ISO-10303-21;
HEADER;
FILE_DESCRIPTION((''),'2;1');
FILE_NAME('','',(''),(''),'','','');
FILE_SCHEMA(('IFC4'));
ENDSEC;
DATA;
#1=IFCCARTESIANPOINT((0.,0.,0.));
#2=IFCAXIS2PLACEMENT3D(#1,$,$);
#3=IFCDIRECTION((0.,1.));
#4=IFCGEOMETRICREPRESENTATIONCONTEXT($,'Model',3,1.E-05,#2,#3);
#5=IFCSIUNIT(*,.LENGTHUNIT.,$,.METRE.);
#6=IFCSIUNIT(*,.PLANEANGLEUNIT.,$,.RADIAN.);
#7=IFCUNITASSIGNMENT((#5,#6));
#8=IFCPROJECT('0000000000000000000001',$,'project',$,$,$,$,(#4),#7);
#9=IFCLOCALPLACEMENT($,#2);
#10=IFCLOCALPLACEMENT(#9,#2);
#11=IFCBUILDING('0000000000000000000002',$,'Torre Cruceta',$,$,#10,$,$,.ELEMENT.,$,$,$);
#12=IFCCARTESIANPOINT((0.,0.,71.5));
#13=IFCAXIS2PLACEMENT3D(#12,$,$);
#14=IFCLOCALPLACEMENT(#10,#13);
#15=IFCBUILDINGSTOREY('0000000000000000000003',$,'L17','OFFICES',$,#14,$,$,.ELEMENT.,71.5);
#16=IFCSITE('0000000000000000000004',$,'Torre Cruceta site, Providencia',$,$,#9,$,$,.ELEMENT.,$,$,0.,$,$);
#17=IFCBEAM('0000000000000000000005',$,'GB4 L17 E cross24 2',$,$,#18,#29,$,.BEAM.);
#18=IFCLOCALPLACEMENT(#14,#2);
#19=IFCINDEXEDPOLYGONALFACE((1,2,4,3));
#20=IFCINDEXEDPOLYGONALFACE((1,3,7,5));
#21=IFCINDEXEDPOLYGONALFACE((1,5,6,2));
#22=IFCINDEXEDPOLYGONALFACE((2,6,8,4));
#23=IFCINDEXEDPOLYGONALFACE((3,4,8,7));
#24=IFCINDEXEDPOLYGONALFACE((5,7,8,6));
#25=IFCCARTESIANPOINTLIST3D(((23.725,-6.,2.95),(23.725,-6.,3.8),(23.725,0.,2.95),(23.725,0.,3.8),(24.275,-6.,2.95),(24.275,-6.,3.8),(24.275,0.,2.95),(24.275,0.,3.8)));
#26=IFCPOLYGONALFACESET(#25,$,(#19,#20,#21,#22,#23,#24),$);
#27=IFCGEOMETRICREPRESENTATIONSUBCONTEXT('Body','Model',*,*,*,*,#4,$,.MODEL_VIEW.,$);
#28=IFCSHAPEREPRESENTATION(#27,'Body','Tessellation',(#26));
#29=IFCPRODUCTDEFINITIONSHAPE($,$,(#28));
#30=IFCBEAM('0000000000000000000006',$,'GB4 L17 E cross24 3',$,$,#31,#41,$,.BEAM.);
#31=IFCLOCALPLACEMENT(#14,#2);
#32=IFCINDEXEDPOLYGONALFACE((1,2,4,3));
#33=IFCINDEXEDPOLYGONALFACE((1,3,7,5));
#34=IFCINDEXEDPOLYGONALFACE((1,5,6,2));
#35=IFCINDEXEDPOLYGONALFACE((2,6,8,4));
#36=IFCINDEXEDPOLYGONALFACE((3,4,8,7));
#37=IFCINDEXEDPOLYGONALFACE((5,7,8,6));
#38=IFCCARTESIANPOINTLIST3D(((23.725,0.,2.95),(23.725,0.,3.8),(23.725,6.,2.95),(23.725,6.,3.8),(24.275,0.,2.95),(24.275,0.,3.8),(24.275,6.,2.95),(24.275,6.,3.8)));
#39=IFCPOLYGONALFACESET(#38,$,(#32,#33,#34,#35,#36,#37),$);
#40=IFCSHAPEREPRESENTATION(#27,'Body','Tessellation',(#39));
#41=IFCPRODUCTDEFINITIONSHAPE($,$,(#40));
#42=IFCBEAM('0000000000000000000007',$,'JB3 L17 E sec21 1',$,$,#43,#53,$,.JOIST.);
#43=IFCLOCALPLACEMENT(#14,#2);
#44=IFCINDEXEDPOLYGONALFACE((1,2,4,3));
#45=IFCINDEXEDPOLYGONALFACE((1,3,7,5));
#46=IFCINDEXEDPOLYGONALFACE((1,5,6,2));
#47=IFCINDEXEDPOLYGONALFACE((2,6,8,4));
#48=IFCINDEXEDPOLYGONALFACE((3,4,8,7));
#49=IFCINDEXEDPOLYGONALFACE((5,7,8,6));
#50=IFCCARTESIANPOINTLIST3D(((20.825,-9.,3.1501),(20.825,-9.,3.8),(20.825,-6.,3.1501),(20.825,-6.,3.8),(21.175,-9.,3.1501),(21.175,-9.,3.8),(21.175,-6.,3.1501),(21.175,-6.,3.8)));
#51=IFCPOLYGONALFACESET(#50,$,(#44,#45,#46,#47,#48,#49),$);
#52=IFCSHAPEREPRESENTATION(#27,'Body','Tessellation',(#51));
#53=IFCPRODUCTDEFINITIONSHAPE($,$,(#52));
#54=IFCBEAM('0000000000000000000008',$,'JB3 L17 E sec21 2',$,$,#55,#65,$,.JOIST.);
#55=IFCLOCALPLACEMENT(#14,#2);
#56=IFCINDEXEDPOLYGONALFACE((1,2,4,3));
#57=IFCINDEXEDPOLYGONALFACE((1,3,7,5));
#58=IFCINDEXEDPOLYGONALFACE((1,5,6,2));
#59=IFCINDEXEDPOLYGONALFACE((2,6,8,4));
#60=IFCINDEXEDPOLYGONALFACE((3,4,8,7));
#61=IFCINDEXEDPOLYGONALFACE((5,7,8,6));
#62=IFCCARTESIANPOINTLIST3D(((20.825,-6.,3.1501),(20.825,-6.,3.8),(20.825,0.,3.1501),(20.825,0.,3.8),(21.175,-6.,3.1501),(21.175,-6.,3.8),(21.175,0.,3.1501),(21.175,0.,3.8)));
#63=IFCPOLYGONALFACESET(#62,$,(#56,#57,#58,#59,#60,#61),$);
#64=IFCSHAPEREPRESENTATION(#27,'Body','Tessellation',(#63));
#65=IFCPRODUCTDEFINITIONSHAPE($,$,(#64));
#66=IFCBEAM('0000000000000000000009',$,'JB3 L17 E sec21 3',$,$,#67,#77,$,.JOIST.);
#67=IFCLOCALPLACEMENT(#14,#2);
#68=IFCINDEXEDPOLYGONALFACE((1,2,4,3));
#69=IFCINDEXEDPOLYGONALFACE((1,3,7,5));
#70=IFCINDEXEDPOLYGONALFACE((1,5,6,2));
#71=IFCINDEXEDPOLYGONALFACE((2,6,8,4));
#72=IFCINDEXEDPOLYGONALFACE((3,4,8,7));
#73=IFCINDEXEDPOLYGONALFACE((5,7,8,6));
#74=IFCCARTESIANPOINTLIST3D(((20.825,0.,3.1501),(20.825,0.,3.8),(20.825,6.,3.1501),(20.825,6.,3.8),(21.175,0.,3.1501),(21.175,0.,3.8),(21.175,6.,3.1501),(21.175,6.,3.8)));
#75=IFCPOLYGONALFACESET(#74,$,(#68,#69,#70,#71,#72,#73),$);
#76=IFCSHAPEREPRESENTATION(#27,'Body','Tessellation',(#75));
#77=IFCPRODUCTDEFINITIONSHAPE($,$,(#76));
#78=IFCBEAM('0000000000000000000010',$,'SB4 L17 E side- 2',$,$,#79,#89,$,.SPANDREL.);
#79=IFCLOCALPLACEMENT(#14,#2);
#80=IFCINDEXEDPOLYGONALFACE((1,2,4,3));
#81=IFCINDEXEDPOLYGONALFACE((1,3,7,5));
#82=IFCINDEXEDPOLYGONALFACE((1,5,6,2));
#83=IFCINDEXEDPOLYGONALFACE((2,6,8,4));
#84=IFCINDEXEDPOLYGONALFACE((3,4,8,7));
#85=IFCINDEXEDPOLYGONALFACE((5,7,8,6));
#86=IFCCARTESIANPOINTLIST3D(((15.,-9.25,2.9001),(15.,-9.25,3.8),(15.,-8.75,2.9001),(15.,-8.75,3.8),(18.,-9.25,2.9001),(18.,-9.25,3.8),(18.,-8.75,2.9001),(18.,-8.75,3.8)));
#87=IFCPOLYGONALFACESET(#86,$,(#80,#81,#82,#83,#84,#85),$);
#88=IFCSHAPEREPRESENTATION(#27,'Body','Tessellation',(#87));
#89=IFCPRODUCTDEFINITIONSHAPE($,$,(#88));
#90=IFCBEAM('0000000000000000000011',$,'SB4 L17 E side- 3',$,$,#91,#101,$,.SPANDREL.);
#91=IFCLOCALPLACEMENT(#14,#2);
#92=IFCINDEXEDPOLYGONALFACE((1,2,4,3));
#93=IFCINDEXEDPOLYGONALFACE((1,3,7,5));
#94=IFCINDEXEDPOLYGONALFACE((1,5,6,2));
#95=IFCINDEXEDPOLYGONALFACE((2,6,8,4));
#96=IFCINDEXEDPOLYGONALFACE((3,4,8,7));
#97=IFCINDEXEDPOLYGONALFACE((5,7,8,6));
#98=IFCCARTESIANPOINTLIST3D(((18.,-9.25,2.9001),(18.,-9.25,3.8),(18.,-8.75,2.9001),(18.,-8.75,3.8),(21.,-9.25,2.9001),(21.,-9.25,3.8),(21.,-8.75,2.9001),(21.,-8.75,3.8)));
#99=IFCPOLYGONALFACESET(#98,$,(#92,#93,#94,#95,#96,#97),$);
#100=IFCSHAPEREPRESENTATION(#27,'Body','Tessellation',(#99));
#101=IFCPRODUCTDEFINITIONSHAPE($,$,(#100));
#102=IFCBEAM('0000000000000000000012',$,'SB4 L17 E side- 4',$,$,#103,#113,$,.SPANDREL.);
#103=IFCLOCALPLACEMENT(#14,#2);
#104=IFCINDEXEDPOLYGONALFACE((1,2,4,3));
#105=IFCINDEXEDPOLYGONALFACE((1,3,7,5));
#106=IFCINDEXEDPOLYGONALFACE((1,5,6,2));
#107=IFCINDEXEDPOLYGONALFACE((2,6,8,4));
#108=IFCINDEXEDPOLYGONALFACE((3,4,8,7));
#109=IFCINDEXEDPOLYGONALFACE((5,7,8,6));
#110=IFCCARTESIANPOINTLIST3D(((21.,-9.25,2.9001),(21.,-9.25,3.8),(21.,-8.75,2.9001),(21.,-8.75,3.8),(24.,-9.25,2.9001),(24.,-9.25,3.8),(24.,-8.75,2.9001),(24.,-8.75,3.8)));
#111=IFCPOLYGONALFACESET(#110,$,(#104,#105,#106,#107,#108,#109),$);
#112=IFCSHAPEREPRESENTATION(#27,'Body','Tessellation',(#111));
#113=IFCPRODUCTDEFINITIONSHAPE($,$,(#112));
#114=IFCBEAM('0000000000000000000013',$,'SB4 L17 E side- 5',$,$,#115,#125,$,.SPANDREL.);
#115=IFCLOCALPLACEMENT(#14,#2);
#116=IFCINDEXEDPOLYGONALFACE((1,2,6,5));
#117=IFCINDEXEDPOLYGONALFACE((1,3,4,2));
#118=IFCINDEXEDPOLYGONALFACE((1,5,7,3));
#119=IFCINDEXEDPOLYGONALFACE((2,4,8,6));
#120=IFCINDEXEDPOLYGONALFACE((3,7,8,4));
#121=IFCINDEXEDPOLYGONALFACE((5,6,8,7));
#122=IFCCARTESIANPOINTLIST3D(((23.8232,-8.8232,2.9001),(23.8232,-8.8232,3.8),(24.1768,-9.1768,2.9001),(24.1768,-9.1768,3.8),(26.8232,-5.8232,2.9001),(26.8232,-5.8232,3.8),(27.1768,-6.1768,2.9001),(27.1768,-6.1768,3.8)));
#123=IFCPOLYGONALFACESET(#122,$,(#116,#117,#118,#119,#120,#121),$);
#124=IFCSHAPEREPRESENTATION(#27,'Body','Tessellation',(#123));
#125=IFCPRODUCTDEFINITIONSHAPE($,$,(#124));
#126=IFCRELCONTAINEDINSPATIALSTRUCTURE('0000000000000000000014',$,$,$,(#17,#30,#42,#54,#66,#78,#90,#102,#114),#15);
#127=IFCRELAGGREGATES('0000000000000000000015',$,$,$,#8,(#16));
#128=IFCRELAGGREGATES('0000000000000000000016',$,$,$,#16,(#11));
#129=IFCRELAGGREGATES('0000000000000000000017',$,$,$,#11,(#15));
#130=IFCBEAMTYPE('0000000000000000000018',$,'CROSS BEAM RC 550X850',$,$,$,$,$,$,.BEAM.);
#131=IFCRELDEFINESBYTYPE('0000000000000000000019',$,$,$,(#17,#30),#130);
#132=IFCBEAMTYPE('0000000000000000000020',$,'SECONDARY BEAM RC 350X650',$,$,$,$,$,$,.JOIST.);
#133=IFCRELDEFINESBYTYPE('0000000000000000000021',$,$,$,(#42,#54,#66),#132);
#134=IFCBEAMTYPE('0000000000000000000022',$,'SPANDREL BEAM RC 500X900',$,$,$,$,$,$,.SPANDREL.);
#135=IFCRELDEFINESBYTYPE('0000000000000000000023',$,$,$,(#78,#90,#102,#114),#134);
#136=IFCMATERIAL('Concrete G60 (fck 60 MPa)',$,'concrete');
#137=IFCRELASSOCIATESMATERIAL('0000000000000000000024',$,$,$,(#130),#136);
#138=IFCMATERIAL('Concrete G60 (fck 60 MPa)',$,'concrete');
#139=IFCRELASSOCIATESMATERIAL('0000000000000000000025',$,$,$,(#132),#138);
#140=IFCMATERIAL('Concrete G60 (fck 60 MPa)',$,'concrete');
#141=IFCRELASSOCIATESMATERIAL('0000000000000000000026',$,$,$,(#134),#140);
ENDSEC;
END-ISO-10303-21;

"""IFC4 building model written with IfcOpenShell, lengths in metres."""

from ifc_helpers import new_model, si_unit, direction, frame, origin, origin_2d, place, context, subcontext, project, spatial, rectangle, extrude, material, material_profile, profile_set, type_object, element, save


model = new_model("IFC4")

# Units and contexts
model_context = context("Model", 3, precision=1e-05, world=origin(), true_north=direction((0.0, 1.0)))
body_context = subcontext(model_context, "Body", "Model", "MODEL_VIEW")
ifc_project = project(units=[si_unit("LENGTHUNIT", "METRE"), si_unit("PLANEANGLEUNIT", "RADIAN")], contexts=[model_context])

# Site, building, storey
site_placement = place(None, origin())
site = spatial("IfcSite", under=ifc_project, at=site_placement, Name="Torre Cruceta site, Providencia", CompositionType="ELEMENT", RefElevation=0.0)
building_placement = place(site_placement, origin())
building = spatial("IfcBuilding", under=site, at=building_placement, Name="Torre Cruceta", CompositionType="ELEMENT")
storey_placement = place(building_placement, frame((0.0, 0.0, 71.5)))
storey = spatial("IfcBuildingStorey", under=building, at=storey_placement, Name="L17", Description="OFFICES", CompositionType="ELEMENT", Elevation=71.5)

# Beams
ifc_material_1 = material(Name="Concrete G60 (fck 60 MPa)", Category="concrete")
ifc_material_profile_1 = material_profile(ifc_material_1, rectangle(XDim=0.55, YDim=0.8501, at=origin_2d()), Name="RC 550X850")
ifc_profile_set_1 = profile_set([ifc_material_profile_1], Name="Concrete G60 (fck 60 MPa)")
beam_type_1 = type_object("IfcBeamType", Name="CROSS BEAM RC 550X850", PredefinedType="BEAM", material=ifc_profile_set_1)
for number, where, z_axis, x_axis, name in (
    (1, (24.0, -6.0, 3.375), (0.0, 1.0, 0.0), (-1.0, 0.0, 0.0), "GB4 L17 E cross24 2"),
    (2, (24.0, 0.0, 3.375), (0.0, 1.0, 0.0), (-1.0, 0.0, 0.0), "GB4 L17 E cross24 3"),
):
    element("IfcBeam", number, at=place(storey_placement, frame(where, z_axis=z_axis, x_axis=x_axis)), inside=storey, type_object=beam_type_1, Name=name, PredefinedType="BEAM", context=body_context, shape_type="SweptSolid", body=[
        extrude(rectangle(XDim=0.55, YDim=0.8501, at=origin_2d()), origin(), (0.0, 0.0, 1.0), 6.0),
    ])
ifc_material_2 = material(Name="Concrete G60 (fck 60 MPa)", Category="concrete")
ifc_material_profile_2 = material_profile(ifc_material_2, rectangle(XDim=0.3501, YDim=0.6499, at=origin_2d()), Name="RC 350X650")
ifc_profile_set_2 = profile_set([ifc_material_profile_2], Name="Concrete G60 (fck 60 MPa)")
beam_type_2 = type_object("IfcBeamType", Name="SECONDARY BEAM RC 350X650", PredefinedType="JOIST", material=ifc_profile_set_2)
beam_1_placement = place(storey_placement, frame((21.0, -9.0, 3.4751), z_axis=(0.0, 1.0, 0.0), x_axis=(-1.0, 0.0, 0.0)))
element("IfcBeam", 3, at=beam_1_placement, inside=storey, type_object=beam_type_2, Name="JB3 L17 E sec21 1", PredefinedType="JOIST", context=body_context, shape_type="SweptSolid", body=[
    extrude(rectangle(XDim=0.3501, YDim=0.6499, at=origin_2d()), origin(), (0.0, 0.0, 1.0), 3.0),
])
for number, where, z_axis, x_axis, name in (
    (4, (21.0, -6.0, 3.4751), (0.0, 1.0, 0.0), (-1.0, 0.0, 0.0), "JB3 L17 E sec21 2"),
    (5, (21.0, 0.0, 3.4751), (0.0, 1.0, 0.0), (-1.0, 0.0, 0.0), "JB3 L17 E sec21 3"),
):
    element("IfcBeam", number, at=place(storey_placement, frame(where, z_axis=z_axis, x_axis=x_axis)), inside=storey, type_object=beam_type_2, Name=name, PredefinedType="JOIST", context=body_context, shape_type="SweptSolid", body=[
        extrude(rectangle(XDim=0.3501, YDim=0.6499, at=origin_2d()), origin(), (0.0, 0.0, 1.0), 6.0),
    ])
ifc_material_3 = material(Name="Concrete G60 (fck 60 MPa)", Category="concrete")
ifc_material_profile_3 = material_profile(ifc_material_3, rectangle(XDim=0.5, YDim=0.8999, at=origin_2d()), Name="RC 500X900")
ifc_profile_set_3 = profile_set([ifc_material_profile_3], Name="Concrete G60 (fck 60 MPa)")
beam_type_3 = type_object("IfcBeamType", Name="SPANDREL BEAM RC 500X900", PredefinedType="SPANDREL", material=ifc_profile_set_3)
for number, where, z_axis, x_axis, name in (
    (6, (15.0, -9.0, 3.3501), (1.0, 0.0, 0.0), (0.0, 1.0, 0.0), "SB4 L17 E side- 2"),
    (7, (18.0, -9.0, 3.3501), (1.0, 0.0, 0.0), (0.0, 1.0, 0.0), "SB4 L17 E side- 3"),
    (8, (21.0, -9.0, 3.3501), (1.0, 0.0, 0.0), (0.0, 1.0, 0.0), "SB4 L17 E side- 4"),
):
    element("IfcBeam", number, at=place(storey_placement, frame(where, z_axis=z_axis, x_axis=x_axis)), inside=storey, type_object=beam_type_3, Name=name, PredefinedType="SPANDREL", context=body_context, shape_type="SweptSolid", body=[
        extrude(rectangle(XDim=0.5, YDim=0.8999, at=origin_2d()), origin(), (0.0, 0.0, 1.0), 3.0),
    ])
beam_2_placement = place(storey_placement, frame((24.0, -9.0, 3.3501), z_axis=(0.707107, 0.707107, 0.0), x_axis=(-0.707107, 0.707107, 0.0)))
element("IfcBeam", 9, at=beam_2_placement, inside=storey, type_object=beam_type_3, Name="SB4 L17 E side- 5", PredefinedType="SPANDREL", context=body_context, shape_type="SweptSolid", body=[
    extrude(rectangle(XDim=0.5, YDim=0.8999, at=origin_2d()), origin(), (0.0, 0.0, 1.0), 4.2427),
])

save(model, "model.ifc")
